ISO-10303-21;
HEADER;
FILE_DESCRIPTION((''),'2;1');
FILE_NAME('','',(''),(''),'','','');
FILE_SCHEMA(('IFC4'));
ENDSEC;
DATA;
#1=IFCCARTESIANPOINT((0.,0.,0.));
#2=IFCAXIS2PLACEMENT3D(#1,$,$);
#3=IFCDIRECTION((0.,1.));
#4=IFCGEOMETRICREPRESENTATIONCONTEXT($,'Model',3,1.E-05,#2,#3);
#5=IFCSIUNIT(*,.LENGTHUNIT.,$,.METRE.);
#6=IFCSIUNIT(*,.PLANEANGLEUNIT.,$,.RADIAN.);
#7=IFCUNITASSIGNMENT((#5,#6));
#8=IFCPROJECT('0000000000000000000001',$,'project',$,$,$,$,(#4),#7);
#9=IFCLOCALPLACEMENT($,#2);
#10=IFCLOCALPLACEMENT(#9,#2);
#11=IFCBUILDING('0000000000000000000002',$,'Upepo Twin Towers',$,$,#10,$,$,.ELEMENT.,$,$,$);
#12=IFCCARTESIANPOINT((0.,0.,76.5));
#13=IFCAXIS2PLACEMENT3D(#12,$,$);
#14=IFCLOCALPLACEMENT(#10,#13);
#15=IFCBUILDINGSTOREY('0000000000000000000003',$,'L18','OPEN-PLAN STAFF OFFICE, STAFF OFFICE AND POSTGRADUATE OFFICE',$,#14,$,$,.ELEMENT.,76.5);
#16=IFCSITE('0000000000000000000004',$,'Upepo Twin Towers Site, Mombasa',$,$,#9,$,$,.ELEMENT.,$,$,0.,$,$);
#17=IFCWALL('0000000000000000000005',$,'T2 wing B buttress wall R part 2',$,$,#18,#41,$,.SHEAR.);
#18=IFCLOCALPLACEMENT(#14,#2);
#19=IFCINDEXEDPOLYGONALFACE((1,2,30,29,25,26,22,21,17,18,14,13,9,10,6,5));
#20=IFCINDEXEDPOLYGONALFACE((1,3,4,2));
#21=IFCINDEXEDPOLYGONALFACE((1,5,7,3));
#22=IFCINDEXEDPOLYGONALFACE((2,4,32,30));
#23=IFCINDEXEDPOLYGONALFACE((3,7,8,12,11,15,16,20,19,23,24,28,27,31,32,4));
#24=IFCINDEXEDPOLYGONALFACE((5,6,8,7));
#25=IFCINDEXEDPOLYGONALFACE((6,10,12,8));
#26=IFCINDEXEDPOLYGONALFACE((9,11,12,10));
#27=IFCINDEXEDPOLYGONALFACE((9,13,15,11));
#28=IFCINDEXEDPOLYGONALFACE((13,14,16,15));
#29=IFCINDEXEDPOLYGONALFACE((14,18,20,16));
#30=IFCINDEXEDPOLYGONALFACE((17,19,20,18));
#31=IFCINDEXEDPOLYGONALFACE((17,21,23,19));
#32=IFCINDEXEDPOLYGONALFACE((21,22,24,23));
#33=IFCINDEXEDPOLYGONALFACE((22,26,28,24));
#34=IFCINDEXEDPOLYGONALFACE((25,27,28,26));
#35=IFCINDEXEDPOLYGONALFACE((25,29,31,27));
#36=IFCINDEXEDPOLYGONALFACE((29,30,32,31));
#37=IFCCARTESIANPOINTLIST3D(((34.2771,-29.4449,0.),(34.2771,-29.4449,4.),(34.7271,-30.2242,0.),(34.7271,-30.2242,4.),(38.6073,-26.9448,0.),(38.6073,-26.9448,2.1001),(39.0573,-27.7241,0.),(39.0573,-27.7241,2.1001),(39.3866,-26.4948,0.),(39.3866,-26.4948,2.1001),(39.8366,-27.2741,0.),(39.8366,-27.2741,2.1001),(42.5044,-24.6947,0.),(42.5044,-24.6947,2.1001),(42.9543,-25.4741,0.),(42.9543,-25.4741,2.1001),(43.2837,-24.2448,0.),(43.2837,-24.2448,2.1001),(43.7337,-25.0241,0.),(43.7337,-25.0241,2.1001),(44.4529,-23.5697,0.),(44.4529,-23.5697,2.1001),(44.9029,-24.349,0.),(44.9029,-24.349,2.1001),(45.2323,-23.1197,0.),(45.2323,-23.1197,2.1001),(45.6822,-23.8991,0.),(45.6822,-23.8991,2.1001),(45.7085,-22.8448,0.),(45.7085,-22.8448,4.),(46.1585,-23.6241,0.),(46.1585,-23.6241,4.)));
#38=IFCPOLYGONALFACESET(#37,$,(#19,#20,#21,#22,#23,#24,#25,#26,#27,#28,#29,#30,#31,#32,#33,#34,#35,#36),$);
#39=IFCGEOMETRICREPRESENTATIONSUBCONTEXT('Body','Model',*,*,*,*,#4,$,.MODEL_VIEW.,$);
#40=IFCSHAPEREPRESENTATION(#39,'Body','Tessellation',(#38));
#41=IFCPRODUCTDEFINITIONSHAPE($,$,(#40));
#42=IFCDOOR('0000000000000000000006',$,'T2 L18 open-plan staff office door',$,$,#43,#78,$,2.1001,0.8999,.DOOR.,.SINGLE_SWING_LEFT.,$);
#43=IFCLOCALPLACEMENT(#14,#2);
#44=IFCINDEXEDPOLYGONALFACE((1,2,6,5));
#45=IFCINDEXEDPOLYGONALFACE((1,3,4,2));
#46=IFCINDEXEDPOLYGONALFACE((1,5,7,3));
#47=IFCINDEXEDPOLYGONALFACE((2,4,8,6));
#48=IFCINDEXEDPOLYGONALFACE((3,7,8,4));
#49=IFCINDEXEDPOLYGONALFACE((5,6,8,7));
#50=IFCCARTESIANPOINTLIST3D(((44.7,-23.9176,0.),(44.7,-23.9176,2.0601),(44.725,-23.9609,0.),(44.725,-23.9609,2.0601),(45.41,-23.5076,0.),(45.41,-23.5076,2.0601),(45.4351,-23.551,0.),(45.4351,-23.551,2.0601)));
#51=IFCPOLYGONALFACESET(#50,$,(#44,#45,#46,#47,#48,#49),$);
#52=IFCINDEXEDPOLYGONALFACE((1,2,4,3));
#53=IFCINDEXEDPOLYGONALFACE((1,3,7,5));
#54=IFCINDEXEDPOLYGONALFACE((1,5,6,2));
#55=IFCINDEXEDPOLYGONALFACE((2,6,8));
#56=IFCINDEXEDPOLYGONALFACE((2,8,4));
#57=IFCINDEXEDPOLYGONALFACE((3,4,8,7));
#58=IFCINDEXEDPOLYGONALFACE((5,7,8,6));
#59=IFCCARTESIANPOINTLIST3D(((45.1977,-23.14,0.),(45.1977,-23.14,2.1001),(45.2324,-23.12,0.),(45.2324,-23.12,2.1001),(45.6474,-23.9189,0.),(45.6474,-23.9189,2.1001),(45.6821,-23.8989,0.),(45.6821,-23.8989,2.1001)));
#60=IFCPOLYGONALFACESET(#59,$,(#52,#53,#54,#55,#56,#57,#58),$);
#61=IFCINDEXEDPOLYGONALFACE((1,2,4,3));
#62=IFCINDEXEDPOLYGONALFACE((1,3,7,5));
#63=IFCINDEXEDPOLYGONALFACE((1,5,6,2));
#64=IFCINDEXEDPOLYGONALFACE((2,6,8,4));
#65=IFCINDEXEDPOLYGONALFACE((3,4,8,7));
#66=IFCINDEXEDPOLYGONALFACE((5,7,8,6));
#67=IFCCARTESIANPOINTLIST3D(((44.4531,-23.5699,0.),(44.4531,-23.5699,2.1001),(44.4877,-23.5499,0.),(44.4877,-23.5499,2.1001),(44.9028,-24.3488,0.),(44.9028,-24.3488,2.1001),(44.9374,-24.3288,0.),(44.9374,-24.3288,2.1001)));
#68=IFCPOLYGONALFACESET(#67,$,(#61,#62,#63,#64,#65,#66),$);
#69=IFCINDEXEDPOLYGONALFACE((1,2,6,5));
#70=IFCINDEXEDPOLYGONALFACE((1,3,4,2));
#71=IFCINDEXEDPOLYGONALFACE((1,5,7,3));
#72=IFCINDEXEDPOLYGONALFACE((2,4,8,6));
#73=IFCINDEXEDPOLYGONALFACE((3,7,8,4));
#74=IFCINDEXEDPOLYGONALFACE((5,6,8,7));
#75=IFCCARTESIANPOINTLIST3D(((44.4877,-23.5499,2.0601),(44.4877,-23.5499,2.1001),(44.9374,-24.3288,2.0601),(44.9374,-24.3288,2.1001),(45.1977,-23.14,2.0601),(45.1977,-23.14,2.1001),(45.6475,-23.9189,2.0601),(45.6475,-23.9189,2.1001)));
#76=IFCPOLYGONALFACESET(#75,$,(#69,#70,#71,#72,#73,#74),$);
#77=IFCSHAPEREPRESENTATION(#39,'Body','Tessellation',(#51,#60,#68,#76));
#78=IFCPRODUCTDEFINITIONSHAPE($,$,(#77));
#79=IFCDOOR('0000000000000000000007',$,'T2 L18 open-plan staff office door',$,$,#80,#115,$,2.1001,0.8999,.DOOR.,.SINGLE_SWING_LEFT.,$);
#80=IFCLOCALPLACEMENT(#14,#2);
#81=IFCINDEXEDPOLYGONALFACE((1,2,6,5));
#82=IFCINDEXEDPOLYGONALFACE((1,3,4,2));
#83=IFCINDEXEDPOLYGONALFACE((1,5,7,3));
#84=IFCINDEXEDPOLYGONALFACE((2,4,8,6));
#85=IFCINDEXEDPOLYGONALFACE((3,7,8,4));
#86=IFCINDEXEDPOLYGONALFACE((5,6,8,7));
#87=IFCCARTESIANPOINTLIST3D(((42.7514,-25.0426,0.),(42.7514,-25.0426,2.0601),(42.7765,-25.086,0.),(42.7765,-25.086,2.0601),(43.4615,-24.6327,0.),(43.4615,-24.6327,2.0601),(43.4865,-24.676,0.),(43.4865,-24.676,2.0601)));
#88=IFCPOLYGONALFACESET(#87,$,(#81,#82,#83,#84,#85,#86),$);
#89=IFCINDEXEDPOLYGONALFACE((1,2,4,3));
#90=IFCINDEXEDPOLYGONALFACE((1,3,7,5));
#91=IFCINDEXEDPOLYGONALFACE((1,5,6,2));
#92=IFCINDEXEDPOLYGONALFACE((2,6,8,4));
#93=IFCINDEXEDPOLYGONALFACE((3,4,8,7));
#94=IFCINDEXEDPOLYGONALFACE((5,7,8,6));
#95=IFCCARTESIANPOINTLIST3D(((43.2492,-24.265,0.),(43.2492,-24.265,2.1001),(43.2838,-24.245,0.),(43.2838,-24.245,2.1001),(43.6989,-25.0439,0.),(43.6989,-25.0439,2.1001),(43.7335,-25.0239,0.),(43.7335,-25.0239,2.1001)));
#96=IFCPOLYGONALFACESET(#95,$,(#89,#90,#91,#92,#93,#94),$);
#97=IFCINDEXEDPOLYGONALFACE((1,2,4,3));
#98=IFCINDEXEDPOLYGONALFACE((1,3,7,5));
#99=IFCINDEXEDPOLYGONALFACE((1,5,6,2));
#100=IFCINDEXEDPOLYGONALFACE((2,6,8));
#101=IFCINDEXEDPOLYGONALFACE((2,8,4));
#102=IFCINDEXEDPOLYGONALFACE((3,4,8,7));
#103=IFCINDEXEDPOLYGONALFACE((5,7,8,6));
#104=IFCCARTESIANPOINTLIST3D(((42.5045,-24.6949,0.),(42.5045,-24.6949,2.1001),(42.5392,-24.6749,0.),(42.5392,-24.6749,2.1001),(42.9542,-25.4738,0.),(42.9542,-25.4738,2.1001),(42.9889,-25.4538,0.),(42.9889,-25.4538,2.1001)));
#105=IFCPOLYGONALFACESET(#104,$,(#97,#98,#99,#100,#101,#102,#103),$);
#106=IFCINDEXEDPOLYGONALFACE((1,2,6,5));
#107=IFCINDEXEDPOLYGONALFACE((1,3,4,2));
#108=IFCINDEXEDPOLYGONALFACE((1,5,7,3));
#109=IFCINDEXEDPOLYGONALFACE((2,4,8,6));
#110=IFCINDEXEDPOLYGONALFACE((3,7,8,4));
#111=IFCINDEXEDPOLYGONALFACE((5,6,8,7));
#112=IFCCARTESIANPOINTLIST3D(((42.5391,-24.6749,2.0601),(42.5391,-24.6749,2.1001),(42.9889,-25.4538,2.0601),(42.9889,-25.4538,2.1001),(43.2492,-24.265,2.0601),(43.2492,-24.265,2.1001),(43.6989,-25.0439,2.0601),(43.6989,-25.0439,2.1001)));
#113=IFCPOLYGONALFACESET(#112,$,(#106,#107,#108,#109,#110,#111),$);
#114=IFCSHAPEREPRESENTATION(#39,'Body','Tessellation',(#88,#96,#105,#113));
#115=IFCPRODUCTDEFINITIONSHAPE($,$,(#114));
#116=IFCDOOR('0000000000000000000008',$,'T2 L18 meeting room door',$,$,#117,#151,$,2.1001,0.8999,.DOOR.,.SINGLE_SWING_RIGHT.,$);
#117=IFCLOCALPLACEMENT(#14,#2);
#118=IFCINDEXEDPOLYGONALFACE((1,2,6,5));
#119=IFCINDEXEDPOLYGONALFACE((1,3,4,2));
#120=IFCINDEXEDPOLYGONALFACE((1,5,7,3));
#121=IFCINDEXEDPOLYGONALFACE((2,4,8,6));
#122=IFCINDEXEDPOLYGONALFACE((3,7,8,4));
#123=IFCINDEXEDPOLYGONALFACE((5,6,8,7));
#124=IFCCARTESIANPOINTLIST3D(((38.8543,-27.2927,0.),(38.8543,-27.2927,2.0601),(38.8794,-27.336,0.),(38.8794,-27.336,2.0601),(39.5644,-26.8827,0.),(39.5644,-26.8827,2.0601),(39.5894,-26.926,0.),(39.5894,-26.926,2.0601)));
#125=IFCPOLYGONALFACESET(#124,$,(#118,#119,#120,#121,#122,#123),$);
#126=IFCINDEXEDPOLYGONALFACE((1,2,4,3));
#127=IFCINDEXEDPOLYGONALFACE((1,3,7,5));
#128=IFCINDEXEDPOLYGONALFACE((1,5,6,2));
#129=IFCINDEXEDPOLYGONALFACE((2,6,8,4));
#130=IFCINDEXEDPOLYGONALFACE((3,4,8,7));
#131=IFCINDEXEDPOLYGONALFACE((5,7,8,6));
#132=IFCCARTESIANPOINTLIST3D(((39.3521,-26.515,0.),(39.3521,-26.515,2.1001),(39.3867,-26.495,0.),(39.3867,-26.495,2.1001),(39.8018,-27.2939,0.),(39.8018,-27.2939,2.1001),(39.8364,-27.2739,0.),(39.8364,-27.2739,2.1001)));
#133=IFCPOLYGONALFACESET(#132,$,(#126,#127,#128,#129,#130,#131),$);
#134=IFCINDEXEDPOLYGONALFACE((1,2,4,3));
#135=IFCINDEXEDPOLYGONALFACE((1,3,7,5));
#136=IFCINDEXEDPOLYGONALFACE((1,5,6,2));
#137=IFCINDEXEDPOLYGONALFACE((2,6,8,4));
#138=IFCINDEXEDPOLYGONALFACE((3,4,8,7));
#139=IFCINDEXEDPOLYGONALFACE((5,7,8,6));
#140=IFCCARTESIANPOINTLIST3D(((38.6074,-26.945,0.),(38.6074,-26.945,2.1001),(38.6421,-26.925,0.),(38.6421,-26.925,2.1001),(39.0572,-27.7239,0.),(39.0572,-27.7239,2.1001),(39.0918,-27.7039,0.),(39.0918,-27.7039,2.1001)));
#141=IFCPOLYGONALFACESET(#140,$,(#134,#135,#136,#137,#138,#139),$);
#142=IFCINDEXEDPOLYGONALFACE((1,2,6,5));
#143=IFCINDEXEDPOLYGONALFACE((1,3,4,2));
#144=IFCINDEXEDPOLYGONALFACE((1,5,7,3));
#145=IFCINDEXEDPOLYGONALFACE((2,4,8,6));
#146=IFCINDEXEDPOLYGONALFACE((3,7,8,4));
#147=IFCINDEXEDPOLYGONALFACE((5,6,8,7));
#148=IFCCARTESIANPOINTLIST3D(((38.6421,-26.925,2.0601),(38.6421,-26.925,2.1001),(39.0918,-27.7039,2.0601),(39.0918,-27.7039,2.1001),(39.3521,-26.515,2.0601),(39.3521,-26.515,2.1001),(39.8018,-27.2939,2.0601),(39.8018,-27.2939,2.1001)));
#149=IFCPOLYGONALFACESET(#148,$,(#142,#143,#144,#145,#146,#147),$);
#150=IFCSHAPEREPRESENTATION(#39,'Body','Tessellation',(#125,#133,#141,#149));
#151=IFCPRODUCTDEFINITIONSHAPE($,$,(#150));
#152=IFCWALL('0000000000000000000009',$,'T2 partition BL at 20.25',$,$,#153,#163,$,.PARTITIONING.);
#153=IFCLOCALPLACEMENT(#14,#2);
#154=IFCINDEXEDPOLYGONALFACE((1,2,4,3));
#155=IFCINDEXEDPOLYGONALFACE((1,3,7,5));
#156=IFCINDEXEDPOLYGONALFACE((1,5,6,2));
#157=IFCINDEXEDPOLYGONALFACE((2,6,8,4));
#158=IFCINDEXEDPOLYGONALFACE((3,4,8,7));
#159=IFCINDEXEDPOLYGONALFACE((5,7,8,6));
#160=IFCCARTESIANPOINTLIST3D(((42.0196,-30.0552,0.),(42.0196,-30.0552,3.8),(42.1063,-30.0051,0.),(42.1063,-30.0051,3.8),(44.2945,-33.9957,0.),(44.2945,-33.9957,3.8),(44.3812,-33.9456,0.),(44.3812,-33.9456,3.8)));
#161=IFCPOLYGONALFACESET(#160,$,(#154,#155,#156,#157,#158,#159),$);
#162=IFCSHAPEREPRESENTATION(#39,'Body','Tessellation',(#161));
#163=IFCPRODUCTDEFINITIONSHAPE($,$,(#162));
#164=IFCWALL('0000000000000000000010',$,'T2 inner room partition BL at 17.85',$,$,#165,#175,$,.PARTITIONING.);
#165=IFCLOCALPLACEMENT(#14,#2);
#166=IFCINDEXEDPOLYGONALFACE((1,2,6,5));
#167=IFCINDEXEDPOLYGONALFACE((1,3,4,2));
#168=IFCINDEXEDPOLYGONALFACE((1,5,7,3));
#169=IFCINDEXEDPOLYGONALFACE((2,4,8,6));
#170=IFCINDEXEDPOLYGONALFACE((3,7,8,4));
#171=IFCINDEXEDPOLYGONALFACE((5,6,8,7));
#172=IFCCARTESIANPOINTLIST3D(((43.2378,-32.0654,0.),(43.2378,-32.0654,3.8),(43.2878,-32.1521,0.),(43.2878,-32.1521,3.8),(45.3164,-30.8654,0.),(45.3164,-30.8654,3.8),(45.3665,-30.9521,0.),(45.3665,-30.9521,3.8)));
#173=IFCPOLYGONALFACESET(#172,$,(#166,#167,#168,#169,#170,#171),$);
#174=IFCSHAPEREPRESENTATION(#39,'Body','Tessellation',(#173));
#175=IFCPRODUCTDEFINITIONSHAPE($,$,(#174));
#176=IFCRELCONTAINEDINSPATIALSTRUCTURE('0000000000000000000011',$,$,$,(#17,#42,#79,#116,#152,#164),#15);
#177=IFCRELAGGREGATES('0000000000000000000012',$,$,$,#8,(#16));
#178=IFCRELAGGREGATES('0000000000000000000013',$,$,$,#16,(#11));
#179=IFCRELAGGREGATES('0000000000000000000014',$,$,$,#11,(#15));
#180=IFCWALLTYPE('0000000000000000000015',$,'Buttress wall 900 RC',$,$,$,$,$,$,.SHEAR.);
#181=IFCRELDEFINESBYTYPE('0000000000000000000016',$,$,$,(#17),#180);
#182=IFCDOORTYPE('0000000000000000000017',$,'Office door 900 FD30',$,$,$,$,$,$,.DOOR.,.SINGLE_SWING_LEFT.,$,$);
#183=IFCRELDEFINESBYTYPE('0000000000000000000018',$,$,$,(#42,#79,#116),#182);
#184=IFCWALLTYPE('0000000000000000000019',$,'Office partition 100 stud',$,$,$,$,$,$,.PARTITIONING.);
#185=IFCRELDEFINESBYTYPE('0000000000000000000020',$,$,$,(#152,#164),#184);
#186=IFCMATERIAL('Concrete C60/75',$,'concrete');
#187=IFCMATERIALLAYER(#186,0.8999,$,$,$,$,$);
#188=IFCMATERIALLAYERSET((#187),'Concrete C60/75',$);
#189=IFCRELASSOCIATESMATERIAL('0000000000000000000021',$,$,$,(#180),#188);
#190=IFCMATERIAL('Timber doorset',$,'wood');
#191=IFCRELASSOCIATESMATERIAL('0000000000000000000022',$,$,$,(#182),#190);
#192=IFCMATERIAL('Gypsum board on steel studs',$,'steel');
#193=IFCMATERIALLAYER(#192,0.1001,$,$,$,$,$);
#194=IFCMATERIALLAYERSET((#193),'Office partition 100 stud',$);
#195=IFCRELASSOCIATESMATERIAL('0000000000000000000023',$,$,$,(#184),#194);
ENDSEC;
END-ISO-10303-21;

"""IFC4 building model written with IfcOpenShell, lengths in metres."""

from ifc_helpers import new_model, si_unit, direction, frame, frame_2d, origin, place, context, subcontext, project, spatial, rectangle, extrude, material, layer, layer_set, type_object, element, fill, save


model = new_model("IFC4")

# Units and contexts
model_context = context("Model", 3, precision=1e-05, world=origin(), true_north=direction((0.0, 1.0)))
body_context = subcontext(model_context, "Body", "Model", "MODEL_VIEW")
ifc_project = project(units=[si_unit("LENGTHUNIT", "METRE"), si_unit("PLANEANGLEUNIT", "RADIAN")], contexts=[model_context])

# Site, building, storey
site_placement = place(None, origin())
site = spatial("IfcSite", under=ifc_project, at=site_placement, Name="Upepo Twin Towers Site, Mombasa", CompositionType="ELEMENT", RefElevation=0.0)
building_placement = place(site_placement, origin())
building = spatial("IfcBuilding", under=site, at=building_placement, Name="Upepo Twin Towers", CompositionType="ELEMENT")
storey_placement = place(building_placement, frame((0.0, 0.0, 76.5)))
storey = spatial("IfcBuildingStorey", under=building, at=storey_placement, Name="L18", Description="OPEN-PLAN STAFF OFFICE, STAFF OFFICE AND POSTGRADUATE OFFICE", CompositionType="ELEMENT", Elevation=76.5)

# Wall, openings, doors
ifc_material_1 = material(Name="Concrete C60/75", Category="concrete")
ifc_layer_1 = layer(ifc_material_1, 0.8999)
ifc_layer_set_1 = layer_set([ifc_layer_1], Name="Concrete C60/75")
wall_type_1 = type_object("IfcWallType", Name="Buttress wall 900 RC", PredefinedType="SHEAR", material=ifc_layer_set_1)
ifc_material_2 = material(Name="Timber doorset", Category="wood")
door_type = type_object("IfcDoorType", Name="Office door 900 FD30", OperationType="SINGLE_SWING_LEFT", PredefinedType="DOOR", material=ifc_material_2)
wall_1_placement = place(storey_placement, frame((45.9336, -23.2344, 0.0), z_axis=(0.0, 0.0, 1.0), x_axis=(-0.86602, -0.50001, 0.0)))
wall_1 = element("IfcWall", 1, at=wall_1_placement, inside=storey, type_object=wall_type_1, Name="T2 wing B buttress wall R part 2", PredefinedType="SHEAR", context=body_context, shape_type="SweptSolid", body=[
    extrude(rectangle(XDim=13.2, YDim=0.8999, at=frame_2d((6.6001, 0.0))), origin(), (0.0, 0.0, 1.0), 4.0),
])
opening_1_placement = place(wall_1_placement, frame((0.55, 0.0, 0.0)))
opening_1 = element("IfcOpeningElement", 2, at=opening_1_placement, cuts=wall_1, PredefinedType="OPENING", context=body_context, shape_type="SweptSolid", body=[
    extrude(rectangle(XDim=0.8999, YDim=2.1001, at=frame_2d((0.45, 1.05))), frame((0.0, 0.46, 0.0), z_axis=(0.0, -1.0, 0.0), x_axis=(1.0, 0.0, 0.0)), (0.0, 0.0, 1.0), 0.9199),
])
opening_2_placement = place(wall_1_placement, frame((2.8, 0.0, 0.0)))
opening_2 = element("IfcOpeningElement", 3, at=opening_2_placement, cuts=wall_1, PredefinedType="OPENING", context=body_context, shape_type="SweptSolid", body=[
    extrude(rectangle(XDim=0.8999, YDim=2.1001, at=frame_2d((0.45, 1.05))), frame((0.0, 0.46, 0.0), z_axis=(0.0, -1.0, 0.0), x_axis=(1.0, 0.0, 0.0)), (0.0, 0.0, 1.0), 0.9199),
])
opening_3_placement = place(wall_1_placement, frame((7.3, 0.0, 0.0)))
opening_3 = element("IfcOpeningElement", 4, at=opening_3_placement, cuts=wall_1, PredefinedType="OPENING", context=body_context, shape_type="SweptSolid", body=[
    extrude(rectangle(XDim=0.8999, YDim=2.1001, at=frame_2d((0.45, 1.05))), frame((0.0, 0.46, 0.0), z_axis=(0.0, -1.0, 0.0), x_axis=(1.0, 0.0, 0.0)), (0.0, 0.0, 1.0), 0.9199),
])
door_1_placement = place(opening_1_placement, origin())
door_1 = element("IfcDoor", 5, at=door_1_placement, inside=storey, type_object=door_type, Name="T2 L18 open-plan staff office door", OperationType="SINGLE_SWING_LEFT", OverallHeight=2.1001, OverallWidth=0.8999, PredefinedType="DOOR", context=body_context, shape_type="SweptSolid", body=[
    extrude(rectangle(XDim=0.8199, YDim=2.0601, at=frame_2d((0.45, 1.03))), frame((0.0, 0.0249, 0.0), z_axis=(0.0, -1.0, 0.0), x_axis=(1.0, 0.0, 0.0)), (0.0, 0.0, 1.0), 0.05),
    extrude(rectangle(XDim=0.04, YDim=2.1001, at=frame_2d((0.02, 1.05))), frame((0.0, 0.4497, 0.0), z_axis=(0.0, -1.0, 0.0), x_axis=(1.0, 0.0, 0.0)), (0.0, 0.0, 1.0), 0.8994),
    extrude(rectangle(XDim=0.04, YDim=2.1001, at=frame_2d((0.8799, 1.05))), frame((0.0, 0.4497, 0.0), z_axis=(0.0, -1.0, 0.0), x_axis=(1.0, 0.0, 0.0)), (0.0, 0.0, 1.0), 0.8994),
    extrude(rectangle(XDim=0.8199, YDim=0.04, at=frame_2d((0.45, 2.0801))), frame((0.0, 0.4497, 0.0), z_axis=(0.0, -1.0, 0.0), x_axis=(1.0, 0.0, 0.0)), (0.0, 0.0, 1.0), 0.8994),
])
fill(opening_1, door_1)
door_2_placement = place(opening_2_placement, origin())
door_2 = element("IfcDoor", 6, at=door_2_placement, inside=storey, type_object=door_type, Name="T2 L18 open-plan staff office door", OperationType="SINGLE_SWING_LEFT", OverallHeight=2.1001, OverallWidth=0.8999, PredefinedType="DOOR", context=body_context, shape_type="SweptSolid", body=[
    extrude(rectangle(XDim=0.8199, YDim=2.0601, at=frame_2d((0.45, 1.03))), frame((0.0, 0.0249, 0.0), z_axis=(0.0, -1.0, 0.0), x_axis=(1.0, 0.0, 0.0)), (0.0, 0.0, 1.0), 0.05),
    extrude(rectangle(XDim=0.04, YDim=2.1001, at=frame_2d((0.02, 1.05))), frame((0.0, 0.4497, 0.0), z_axis=(0.0, -1.0, 0.0), x_axis=(1.0, 0.0, 0.0)), (0.0, 0.0, 1.0), 0.8994),
    extrude(rectangle(XDim=0.04, YDim=2.1001, at=frame_2d((0.8799, 1.05))), frame((0.0, 0.4497, 0.0), z_axis=(0.0, -1.0, 0.0), x_axis=(1.0, 0.0, 0.0)), (0.0, 0.0, 1.0), 0.8994),
    extrude(rectangle(XDim=0.8199, YDim=0.04, at=frame_2d((0.45, 2.0801))), frame((0.0, 0.4497, 0.0), z_axis=(0.0, -1.0, 0.0), x_axis=(1.0, 0.0, 0.0)), (0.0, 0.0, 1.0), 0.8994),
])
fill(opening_2, door_2)
door_3_placement = place(opening_3_placement, origin())
door_3 = element("IfcDoor", 7, at=door_3_placement, inside=storey, type_object=door_type, Name="T2 L18 meeting room door", OperationType="SINGLE_SWING_RIGHT", OverallHeight=2.1001, OverallWidth=0.8999, PredefinedType="DOOR", context=body_context, shape_type="SweptSolid", body=[
    extrude(rectangle(XDim=0.8199, YDim=2.0601, at=frame_2d((0.45, 1.03))), frame((0.0, 0.0249, 0.0), z_axis=(0.0, -1.0, 0.0), x_axis=(1.0, 0.0, 0.0)), (0.0, 0.0, 1.0), 0.05),
    extrude(rectangle(XDim=0.04, YDim=2.1001, at=frame_2d((0.02, 1.05))), frame((0.0, 0.4497, 0.0), z_axis=(0.0, -1.0, 0.0), x_axis=(1.0, 0.0, 0.0)), (0.0, 0.0, 1.0), 0.8994),
    extrude(rectangle(XDim=0.04, YDim=2.1001, at=frame_2d((0.8799, 1.05))), frame((0.0, 0.4497, 0.0), z_axis=(0.0, -1.0, 0.0), x_axis=(1.0, 0.0, 0.0)), (0.0, 0.0, 1.0), 0.8994),
    extrude(rectangle(XDim=0.8199, YDim=0.04, at=frame_2d((0.45, 2.0801))), frame((0.0, 0.4497, 0.0), z_axis=(0.0, -1.0, 0.0), x_axis=(1.0, 0.0, 0.0)), (0.0, 0.0, 1.0), 0.8994),
])
fill(opening_3, door_3)

# Walls
ifc_material_3 = material(Name="Gypsum board on steel studs", Category="steel")
ifc_layer_2 = layer(ifc_material_3, 0.1001)
ifc_layer_set_2 = layer_set([ifc_layer_2], Name="Office partition 100 stud")
wall_type_2 = type_object("IfcWallType", Name="Office partition 100 stud", PredefinedType="PARTITIONING", material=ifc_layer_set_2)
wall_2_placement = place(storey_placement, frame((42.063, -30.0303, 0.0), z_axis=(0.0, 0.0, 1.0), x_axis=(0.499983, -0.866035, 0.0)))
element("IfcWall", 8, at=wall_2_placement, inside=storey, type_object=wall_type_2, Name="T2 partition BL at 20.25", PredefinedType="PARTITIONING", context=body_context, shape_type="SweptSolid", body=[
    extrude(rectangle(XDim=4.55, YDim=0.1001, at=frame_2d((2.2749, 0.0))), origin(), (0.0, 0.0, 1.0), 3.8),
])
wall_3_placement = place(storey_placement, frame((45.3416, -30.9087, 0.0), z_axis=(0.0, 0.0, 1.0), x_axis=(-0.86605, -0.499957, 0.0)))
element("IfcWall", 9, at=wall_3_placement, inside=storey, type_object=wall_type_2, Name="T2 inner room partition BL at 17.85", PredefinedType="PARTITIONING", context=body_context, shape_type="SweptSolid", body=[
    extrude(rectangle(XDim=2.4001, YDim=0.1001, at=frame_2d((1.2002, 0.0))), origin(), (0.0, 0.0, 1.0), 3.8),
])

save(model, "model.ifc")
